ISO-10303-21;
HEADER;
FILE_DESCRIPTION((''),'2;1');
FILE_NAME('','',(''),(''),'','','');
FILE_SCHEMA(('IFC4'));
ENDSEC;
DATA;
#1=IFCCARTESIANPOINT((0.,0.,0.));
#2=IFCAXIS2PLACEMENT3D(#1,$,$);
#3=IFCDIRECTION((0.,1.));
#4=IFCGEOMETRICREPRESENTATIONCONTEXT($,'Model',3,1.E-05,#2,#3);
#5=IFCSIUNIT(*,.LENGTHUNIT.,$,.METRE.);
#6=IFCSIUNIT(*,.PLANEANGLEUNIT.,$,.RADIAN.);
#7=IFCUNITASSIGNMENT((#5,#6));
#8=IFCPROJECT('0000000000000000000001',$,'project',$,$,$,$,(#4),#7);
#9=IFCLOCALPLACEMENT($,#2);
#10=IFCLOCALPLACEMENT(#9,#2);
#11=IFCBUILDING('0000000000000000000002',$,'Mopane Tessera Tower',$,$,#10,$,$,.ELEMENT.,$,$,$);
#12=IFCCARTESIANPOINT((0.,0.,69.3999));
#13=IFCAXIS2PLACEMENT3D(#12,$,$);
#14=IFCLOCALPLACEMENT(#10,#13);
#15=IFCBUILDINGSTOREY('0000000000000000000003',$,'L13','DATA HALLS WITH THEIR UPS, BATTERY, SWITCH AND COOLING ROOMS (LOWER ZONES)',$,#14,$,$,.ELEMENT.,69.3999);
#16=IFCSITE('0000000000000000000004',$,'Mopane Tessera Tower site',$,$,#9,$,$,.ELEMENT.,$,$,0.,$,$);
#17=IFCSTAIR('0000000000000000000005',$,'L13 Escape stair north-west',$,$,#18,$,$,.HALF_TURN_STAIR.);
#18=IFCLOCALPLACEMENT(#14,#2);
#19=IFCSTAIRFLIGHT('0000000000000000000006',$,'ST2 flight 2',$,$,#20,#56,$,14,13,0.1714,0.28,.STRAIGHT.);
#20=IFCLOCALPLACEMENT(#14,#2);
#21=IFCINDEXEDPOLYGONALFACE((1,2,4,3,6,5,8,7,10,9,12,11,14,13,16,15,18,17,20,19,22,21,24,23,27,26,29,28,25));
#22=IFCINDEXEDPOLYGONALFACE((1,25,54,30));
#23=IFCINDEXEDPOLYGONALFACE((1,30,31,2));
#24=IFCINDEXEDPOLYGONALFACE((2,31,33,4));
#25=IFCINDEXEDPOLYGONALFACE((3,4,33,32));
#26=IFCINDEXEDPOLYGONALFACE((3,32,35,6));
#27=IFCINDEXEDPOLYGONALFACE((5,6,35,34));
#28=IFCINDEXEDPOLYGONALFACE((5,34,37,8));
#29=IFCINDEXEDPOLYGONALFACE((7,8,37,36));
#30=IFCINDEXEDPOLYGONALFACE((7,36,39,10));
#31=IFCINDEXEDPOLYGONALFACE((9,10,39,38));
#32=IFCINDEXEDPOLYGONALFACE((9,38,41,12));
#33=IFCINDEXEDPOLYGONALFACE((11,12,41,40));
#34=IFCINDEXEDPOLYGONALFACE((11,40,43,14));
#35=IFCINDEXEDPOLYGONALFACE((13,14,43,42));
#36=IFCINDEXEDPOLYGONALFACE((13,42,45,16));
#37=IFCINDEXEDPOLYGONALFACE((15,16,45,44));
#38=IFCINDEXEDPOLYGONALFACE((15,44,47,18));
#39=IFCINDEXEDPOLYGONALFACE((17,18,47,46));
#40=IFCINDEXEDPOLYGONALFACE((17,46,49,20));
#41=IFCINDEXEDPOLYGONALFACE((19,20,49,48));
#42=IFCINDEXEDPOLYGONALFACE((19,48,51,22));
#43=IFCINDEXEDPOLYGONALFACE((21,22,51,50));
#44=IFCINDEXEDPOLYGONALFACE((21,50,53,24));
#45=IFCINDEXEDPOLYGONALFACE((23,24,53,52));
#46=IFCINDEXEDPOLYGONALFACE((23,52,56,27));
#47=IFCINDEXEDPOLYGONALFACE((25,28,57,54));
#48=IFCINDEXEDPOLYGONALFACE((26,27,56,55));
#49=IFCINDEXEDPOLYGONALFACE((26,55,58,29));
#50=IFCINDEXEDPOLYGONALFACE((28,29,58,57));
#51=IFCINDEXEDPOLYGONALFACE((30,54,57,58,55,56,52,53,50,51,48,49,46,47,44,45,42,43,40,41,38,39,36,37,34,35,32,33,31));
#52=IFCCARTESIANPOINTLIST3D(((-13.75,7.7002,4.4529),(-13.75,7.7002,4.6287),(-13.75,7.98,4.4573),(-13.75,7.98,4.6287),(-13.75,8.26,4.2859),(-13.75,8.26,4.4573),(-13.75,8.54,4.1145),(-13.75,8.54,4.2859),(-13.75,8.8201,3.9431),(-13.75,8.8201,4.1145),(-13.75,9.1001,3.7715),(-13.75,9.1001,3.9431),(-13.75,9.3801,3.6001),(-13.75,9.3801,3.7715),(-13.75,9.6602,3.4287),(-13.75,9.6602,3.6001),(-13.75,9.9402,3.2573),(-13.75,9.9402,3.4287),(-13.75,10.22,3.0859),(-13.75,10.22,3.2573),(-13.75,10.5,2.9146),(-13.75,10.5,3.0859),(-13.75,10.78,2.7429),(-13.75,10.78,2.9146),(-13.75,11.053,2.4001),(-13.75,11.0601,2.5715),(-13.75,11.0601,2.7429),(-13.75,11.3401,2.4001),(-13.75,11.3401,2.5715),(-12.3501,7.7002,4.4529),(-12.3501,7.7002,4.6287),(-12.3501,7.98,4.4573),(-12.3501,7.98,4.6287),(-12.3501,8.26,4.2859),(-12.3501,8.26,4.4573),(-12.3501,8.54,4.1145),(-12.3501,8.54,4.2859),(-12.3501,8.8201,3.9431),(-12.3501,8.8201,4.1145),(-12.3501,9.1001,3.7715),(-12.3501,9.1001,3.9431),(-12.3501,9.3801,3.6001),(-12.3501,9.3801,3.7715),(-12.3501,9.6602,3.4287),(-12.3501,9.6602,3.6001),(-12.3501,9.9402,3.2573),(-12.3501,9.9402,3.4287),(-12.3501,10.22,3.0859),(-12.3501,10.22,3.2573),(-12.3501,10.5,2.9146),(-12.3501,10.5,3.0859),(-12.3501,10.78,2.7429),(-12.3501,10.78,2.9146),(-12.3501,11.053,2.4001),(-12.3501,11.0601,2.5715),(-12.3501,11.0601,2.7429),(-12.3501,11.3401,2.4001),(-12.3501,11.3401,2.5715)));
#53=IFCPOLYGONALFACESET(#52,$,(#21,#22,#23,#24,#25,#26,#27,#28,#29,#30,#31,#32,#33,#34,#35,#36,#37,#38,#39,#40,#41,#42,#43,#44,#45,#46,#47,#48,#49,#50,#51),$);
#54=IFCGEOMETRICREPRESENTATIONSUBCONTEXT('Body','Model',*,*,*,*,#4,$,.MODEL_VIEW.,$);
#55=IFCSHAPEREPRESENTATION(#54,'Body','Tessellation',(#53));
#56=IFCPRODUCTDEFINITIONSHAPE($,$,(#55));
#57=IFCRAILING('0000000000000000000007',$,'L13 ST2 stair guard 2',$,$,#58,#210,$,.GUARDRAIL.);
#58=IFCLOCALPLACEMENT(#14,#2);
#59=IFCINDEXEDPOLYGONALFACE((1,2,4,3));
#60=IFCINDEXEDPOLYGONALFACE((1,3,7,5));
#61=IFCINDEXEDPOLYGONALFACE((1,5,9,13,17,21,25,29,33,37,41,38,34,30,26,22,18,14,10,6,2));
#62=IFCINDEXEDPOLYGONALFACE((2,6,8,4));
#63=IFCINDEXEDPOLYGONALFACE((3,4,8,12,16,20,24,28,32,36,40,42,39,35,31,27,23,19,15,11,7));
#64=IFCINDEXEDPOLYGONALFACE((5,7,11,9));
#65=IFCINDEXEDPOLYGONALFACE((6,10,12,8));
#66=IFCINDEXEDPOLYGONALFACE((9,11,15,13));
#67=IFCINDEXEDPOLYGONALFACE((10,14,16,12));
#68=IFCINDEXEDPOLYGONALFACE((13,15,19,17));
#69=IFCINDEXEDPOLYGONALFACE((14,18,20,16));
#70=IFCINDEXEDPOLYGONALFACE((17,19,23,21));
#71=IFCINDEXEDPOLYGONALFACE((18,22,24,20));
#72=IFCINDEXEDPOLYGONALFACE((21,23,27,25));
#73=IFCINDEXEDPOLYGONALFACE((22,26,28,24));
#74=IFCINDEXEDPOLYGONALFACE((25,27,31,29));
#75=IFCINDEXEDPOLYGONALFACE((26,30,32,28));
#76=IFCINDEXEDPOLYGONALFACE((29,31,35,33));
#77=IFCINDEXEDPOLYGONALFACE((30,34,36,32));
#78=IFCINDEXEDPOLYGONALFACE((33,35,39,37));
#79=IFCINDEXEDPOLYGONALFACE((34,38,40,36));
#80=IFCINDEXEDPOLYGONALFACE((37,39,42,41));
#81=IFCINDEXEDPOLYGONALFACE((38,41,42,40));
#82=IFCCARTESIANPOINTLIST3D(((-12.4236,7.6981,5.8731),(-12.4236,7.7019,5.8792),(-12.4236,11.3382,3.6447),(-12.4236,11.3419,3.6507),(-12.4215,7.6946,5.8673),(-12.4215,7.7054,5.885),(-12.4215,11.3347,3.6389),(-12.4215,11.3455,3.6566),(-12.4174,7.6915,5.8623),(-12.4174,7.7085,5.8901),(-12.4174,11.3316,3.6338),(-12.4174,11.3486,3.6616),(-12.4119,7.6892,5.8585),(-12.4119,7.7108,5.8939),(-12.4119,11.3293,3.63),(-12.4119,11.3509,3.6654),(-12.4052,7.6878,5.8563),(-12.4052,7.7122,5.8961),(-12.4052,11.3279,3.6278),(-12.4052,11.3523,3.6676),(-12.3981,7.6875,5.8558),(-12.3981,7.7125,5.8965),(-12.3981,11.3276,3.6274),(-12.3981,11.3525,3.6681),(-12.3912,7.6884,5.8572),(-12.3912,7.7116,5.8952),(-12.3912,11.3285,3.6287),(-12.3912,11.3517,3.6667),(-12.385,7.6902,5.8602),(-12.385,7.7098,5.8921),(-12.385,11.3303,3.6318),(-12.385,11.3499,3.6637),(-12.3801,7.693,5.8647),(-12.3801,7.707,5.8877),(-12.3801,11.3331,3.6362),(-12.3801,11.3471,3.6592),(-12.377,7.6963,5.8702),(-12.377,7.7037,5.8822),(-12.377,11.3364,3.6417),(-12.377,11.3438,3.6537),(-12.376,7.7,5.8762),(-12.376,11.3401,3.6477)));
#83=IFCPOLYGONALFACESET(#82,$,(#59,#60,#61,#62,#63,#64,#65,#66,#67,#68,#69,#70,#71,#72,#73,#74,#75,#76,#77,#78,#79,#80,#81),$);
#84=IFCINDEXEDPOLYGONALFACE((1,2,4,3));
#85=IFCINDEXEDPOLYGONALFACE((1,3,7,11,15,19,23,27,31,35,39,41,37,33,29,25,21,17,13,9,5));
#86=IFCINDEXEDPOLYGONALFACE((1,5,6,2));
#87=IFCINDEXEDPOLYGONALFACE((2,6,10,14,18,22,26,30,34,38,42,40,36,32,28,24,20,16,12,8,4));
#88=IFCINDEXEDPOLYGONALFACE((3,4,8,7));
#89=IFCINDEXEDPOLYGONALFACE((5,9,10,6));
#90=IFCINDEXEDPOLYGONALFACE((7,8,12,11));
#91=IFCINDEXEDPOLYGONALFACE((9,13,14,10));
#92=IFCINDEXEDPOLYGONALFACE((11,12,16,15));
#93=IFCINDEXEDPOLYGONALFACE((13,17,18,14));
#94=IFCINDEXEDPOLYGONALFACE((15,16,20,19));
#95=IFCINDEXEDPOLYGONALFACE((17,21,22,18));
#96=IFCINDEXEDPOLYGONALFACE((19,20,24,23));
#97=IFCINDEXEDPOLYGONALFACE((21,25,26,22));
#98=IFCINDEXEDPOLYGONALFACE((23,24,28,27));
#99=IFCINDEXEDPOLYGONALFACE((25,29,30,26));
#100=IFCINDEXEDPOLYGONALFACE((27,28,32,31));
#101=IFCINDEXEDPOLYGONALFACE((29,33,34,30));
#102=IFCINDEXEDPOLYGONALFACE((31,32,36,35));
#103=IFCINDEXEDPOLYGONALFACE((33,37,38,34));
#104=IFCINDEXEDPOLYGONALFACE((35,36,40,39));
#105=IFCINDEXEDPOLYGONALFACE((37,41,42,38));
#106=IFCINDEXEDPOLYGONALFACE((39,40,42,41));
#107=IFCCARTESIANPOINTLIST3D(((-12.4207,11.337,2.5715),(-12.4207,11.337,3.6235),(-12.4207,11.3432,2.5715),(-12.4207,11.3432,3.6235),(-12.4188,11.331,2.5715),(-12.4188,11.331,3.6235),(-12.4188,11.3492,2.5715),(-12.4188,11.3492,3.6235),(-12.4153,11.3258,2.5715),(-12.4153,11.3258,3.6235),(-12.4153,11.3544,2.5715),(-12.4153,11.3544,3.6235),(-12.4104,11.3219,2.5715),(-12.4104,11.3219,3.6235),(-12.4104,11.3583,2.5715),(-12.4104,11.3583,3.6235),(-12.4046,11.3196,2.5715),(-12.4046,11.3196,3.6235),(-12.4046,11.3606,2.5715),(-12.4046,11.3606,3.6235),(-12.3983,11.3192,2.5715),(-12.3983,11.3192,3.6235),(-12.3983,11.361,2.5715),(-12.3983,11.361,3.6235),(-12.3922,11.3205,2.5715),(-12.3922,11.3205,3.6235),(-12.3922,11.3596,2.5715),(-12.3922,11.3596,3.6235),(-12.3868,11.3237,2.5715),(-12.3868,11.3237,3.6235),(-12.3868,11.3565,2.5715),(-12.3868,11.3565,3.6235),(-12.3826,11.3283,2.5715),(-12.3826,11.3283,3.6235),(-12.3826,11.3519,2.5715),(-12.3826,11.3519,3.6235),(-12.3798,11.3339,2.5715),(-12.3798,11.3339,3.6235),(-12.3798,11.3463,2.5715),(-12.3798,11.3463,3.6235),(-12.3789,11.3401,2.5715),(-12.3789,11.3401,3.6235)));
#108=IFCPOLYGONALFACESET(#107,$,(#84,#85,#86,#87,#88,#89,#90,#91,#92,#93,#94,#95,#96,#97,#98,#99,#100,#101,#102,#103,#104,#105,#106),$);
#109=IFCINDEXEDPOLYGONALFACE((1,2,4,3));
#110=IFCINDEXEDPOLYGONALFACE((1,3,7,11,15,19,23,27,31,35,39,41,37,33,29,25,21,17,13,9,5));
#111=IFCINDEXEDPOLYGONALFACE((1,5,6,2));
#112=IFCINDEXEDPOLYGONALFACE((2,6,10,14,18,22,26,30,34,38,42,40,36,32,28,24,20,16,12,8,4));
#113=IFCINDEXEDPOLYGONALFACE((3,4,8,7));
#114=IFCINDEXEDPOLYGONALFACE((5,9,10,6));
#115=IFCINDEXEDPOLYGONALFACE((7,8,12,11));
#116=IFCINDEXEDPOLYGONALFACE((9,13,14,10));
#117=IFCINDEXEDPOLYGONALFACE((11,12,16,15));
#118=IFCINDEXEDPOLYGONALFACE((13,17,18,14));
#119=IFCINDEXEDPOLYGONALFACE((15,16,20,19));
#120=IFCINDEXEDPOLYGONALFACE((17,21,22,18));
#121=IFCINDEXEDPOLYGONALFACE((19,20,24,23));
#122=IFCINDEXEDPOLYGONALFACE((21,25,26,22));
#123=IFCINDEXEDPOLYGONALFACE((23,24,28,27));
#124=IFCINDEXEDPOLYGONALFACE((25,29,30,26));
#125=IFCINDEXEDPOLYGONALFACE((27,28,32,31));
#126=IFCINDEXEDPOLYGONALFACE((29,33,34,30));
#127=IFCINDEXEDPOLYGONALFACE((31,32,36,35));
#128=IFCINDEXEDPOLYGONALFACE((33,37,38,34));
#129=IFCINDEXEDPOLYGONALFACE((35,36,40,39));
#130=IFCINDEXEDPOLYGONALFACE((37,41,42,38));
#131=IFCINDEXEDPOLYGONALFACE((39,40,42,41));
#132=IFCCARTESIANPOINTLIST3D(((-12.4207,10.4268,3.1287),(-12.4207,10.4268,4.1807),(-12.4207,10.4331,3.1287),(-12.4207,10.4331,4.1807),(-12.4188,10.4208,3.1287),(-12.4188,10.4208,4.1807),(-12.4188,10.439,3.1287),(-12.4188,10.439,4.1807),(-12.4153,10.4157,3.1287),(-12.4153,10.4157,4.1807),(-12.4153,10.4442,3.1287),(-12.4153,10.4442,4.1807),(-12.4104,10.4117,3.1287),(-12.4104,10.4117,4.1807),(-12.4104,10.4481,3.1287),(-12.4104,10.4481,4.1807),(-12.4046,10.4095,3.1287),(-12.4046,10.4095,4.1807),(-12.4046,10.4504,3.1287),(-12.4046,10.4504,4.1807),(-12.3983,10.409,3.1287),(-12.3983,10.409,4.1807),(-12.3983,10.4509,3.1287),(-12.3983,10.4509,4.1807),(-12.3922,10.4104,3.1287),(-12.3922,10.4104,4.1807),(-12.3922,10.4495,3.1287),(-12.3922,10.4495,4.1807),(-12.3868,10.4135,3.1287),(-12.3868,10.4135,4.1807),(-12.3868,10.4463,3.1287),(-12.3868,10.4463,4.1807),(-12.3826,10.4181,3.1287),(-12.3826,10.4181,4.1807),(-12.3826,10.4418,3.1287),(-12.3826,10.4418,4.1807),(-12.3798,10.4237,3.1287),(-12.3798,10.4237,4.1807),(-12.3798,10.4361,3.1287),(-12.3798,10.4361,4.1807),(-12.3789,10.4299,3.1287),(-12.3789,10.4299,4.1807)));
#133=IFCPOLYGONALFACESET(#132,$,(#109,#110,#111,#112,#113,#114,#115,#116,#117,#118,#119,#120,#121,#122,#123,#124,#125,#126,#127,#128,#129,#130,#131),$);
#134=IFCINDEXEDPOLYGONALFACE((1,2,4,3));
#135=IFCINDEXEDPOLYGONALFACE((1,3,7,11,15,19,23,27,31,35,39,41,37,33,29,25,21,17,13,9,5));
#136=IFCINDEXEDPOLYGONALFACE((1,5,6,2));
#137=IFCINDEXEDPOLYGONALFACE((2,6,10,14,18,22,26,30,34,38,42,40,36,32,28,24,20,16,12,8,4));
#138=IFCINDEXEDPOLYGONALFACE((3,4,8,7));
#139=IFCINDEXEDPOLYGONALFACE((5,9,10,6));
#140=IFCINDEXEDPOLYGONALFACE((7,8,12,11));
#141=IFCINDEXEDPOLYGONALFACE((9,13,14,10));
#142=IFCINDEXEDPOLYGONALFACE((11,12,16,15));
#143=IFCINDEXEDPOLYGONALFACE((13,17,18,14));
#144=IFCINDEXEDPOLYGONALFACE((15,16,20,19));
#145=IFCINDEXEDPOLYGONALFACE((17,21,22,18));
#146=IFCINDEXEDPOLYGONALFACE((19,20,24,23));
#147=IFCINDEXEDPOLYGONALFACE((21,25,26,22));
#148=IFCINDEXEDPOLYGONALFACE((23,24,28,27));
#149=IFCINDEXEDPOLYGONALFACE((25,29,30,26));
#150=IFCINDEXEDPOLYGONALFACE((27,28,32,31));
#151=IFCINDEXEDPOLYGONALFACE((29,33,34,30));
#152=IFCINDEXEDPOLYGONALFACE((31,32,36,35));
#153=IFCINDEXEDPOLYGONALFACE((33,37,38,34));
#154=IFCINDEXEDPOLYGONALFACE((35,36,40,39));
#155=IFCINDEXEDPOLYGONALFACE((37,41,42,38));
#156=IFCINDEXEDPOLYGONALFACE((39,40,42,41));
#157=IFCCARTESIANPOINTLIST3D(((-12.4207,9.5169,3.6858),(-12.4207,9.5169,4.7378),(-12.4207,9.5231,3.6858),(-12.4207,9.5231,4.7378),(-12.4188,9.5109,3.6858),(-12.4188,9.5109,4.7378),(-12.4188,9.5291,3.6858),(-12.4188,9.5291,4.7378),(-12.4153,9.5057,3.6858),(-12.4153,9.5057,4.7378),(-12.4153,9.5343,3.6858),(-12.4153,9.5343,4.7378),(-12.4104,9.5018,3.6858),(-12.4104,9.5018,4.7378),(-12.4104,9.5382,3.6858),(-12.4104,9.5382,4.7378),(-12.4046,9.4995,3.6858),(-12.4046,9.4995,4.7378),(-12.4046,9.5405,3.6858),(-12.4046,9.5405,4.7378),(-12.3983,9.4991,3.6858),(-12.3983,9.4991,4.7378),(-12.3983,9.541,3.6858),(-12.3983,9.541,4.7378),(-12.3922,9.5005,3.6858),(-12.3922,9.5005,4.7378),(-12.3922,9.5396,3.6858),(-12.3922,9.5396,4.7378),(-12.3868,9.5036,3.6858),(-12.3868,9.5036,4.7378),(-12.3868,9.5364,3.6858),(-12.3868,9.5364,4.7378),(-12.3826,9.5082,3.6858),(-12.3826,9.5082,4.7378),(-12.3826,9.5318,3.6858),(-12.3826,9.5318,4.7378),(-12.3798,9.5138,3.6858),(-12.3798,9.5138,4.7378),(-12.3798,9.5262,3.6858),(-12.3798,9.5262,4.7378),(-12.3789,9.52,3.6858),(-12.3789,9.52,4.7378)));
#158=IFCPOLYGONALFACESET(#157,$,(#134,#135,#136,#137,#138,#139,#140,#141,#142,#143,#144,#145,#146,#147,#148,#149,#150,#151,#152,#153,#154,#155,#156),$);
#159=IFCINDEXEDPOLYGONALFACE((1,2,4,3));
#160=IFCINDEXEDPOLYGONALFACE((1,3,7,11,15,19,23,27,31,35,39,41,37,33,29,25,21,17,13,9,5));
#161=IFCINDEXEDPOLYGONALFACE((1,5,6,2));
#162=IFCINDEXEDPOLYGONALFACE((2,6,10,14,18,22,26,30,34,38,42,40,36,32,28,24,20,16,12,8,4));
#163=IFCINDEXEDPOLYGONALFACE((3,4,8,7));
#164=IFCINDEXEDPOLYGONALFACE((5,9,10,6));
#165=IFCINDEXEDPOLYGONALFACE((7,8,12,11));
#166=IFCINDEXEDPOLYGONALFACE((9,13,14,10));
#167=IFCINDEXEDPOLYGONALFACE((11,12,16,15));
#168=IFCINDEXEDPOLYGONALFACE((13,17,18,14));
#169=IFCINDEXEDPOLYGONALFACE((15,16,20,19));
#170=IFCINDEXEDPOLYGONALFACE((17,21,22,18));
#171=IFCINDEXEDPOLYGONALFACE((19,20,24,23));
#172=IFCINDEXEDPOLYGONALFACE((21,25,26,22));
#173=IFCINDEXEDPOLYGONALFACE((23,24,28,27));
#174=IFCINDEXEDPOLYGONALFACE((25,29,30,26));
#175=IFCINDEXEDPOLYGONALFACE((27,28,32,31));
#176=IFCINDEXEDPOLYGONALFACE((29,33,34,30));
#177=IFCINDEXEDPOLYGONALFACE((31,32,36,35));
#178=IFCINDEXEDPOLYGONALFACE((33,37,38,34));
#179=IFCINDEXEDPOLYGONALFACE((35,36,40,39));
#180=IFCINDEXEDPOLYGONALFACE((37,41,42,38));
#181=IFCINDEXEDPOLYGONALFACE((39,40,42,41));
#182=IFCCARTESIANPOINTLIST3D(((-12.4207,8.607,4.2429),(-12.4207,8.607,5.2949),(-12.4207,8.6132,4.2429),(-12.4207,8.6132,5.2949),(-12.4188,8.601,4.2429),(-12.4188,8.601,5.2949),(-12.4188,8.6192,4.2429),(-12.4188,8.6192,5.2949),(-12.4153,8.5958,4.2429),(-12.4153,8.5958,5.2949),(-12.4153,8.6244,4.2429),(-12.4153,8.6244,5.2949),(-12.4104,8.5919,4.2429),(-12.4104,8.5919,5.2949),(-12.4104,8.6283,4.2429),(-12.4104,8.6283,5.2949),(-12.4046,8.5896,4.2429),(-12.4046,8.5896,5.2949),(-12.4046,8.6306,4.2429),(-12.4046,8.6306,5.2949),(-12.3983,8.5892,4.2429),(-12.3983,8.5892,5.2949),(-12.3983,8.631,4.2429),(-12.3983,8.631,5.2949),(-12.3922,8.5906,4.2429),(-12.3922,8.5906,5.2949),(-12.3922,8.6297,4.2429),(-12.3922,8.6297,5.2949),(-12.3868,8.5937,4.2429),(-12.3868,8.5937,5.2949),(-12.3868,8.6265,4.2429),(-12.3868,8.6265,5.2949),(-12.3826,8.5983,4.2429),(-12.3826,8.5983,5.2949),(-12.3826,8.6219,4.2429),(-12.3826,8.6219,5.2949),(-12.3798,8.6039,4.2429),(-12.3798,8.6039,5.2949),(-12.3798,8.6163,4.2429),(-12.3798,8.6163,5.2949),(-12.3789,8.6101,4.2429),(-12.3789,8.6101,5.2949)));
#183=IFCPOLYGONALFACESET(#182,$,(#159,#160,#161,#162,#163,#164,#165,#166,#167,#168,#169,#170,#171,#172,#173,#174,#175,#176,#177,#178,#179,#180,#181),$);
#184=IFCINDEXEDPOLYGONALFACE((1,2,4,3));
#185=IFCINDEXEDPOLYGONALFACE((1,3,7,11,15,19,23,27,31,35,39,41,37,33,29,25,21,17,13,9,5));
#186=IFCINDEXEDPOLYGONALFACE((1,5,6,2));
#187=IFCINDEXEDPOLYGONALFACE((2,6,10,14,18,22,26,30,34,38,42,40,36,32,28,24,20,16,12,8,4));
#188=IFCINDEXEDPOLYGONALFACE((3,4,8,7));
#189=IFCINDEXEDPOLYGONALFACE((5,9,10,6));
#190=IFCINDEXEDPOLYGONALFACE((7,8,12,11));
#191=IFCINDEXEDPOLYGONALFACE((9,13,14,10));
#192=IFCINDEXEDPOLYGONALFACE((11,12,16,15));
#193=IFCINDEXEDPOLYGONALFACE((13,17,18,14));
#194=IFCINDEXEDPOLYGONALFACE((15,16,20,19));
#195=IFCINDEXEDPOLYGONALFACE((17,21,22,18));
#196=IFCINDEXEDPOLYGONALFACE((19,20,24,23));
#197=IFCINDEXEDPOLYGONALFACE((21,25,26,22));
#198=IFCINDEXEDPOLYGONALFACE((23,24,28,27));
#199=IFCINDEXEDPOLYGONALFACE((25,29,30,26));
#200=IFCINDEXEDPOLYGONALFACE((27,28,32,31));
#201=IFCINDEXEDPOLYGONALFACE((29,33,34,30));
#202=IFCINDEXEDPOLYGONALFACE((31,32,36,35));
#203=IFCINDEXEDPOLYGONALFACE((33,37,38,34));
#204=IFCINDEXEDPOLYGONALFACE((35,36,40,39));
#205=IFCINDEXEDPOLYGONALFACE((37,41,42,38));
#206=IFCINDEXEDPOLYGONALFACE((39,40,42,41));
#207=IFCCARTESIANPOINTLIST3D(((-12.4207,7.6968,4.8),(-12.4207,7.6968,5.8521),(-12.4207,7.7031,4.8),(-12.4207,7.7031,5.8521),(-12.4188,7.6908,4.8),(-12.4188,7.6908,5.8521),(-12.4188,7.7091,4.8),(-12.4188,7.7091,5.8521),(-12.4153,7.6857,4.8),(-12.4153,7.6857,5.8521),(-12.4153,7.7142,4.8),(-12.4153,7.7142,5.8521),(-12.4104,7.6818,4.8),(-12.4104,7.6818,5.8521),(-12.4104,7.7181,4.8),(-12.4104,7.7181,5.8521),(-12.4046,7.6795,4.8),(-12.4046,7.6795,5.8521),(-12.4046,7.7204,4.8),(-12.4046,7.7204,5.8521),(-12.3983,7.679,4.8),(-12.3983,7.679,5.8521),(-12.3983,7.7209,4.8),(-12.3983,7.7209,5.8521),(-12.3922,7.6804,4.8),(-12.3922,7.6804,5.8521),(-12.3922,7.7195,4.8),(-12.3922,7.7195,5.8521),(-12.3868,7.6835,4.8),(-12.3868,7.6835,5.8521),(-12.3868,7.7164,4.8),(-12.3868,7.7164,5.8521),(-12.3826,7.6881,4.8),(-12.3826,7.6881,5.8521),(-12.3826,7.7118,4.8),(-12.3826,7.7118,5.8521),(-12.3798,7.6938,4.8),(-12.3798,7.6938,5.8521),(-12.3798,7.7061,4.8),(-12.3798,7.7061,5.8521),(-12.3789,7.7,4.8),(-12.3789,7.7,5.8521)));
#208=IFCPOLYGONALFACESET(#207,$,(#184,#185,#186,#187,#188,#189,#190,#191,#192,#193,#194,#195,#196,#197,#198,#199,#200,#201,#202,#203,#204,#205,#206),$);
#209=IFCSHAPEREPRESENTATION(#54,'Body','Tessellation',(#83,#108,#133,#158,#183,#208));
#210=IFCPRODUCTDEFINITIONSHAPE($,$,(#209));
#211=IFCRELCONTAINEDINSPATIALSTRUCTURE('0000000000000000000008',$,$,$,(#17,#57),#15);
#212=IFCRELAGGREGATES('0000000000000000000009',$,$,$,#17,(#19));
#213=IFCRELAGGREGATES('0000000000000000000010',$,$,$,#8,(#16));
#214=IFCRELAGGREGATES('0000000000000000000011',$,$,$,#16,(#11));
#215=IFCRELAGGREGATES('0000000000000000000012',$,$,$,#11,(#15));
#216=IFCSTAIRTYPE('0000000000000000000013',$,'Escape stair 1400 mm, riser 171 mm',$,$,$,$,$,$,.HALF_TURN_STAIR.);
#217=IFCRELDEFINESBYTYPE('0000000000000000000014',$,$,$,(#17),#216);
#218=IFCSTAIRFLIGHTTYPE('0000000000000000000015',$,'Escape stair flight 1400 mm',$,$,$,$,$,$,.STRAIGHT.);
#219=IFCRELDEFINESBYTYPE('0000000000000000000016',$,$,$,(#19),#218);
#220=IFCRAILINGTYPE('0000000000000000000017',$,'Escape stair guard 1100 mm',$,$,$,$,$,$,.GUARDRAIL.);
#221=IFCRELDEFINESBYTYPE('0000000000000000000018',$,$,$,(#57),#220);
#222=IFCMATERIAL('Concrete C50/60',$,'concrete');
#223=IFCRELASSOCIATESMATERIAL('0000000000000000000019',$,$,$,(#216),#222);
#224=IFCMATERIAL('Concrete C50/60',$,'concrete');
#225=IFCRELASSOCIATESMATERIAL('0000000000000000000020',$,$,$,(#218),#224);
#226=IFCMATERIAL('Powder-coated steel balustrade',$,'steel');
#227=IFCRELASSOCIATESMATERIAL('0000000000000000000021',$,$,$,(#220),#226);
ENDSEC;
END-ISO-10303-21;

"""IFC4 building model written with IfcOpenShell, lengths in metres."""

from ifc_helpers import new_model, si_unit, direction, frame, origin, origin_2d, place, context, subcontext, project, spatial, polyline, circle, outline, extrude, material, type_object, element, aggregate, save


model = new_model("IFC4")

# Units and contexts
model_context = context("Model", 3, precision=1e-05, world=origin(), true_north=direction((0.0, 1.0)))
body_context = subcontext(model_context, "Body", "Model", "MODEL_VIEW")
ifc_project = project(units=[si_unit("LENGTHUNIT", "METRE"), si_unit("PLANEANGLEUNIT", "RADIAN")], contexts=[model_context])

# Site, building, storey
site_placement = place(None, origin())
site = spatial("IfcSite", under=ifc_project, at=site_placement, Name="Mopane Tessera Tower site", CompositionType="ELEMENT", RefElevation=0.0)
building_placement = place(site_placement, origin())
building = spatial("IfcBuilding", under=site, at=building_placement, Name="Mopane Tessera Tower", CompositionType="ELEMENT")
storey_placement = place(building_placement, frame((0.0, 0.0, 69.3999)))
storey = spatial("IfcBuildingStorey", under=building, at=storey_placement, Name="L13", Description="DATA HALLS WITH THEIR UPS, BATTERY, SWITCH AND COOLING ROOMS (LOWER ZONES)", CompositionType="ELEMENT", Elevation=69.3999)

# Stair, stair flight
ifc_material_1 = material(Name="Concrete C50/60", Category="concrete")
stair_type = type_object("IfcStairType", Name="Escape stair 1400 mm, riser 171 mm", PredefinedType="HALF_TURN_STAIR", material=ifc_material_1)
stair_placement = place(storey_placement, origin())
stair = element("IfcStair", 1, at=stair_placement, inside=storey, type_object=stair_type, Name="L13 Escape stair north-west", PredefinedType="HALF_TURN_STAIR")
ifc_material_2 = material(Name="Concrete C50/60", Category="concrete")
stair_flight_type = type_object("IfcStairFlightType", Name="Escape stair flight 1400 mm", PredefinedType="STRAIGHT", material=ifc_material_2)
stair_flight_1_placement = place(storey_placement, frame((-13.05, 11.3401, 2.4001), z_axis=(0.0, 0.0, 1.0), x_axis=(0.0, -1.0, 0.0)))
stair_flight_1 = element("IfcStairFlight", 2, at=stair_flight_1_placement, type_object=stair_flight_type, Name="ST2 flight 2", NumberOfRisers=14, NumberOfTreads=13, PredefinedType="STRAIGHT", RiserHeight=0.1714, TreadLength=0.28, context=body_context, shape_type="SweptSolid", body=[
    extrude(outline(polyline([(0.0, 0.0), (0.0, 0.1714), (0.28, 0.1714), (0.28, 0.3428), (0.5601, 0.3428), (0.5601, 0.5144), (0.8401, 0.5144), (0.8401, 0.6858), (1.1201, 0.6858), (1.1201, 0.8572), (1.3999, 0.8572), (1.3999, 1.0286), (1.6799, 1.0286), (1.6799, 1.2), (1.96, 1.2), (1.96, 1.3713), (2.24, 1.3713), (2.24, 1.543), (2.52, 1.543), (2.52, 1.7144), (2.8, 1.7144), (2.8, 1.8857), (3.0801, 1.8857), (3.0801, 2.0571), (3.3601, 2.0571), (3.3601, 2.2285), (3.6399, 2.2285), (3.6399, 2.3999), (3.6399, 2.0527), (0.2871, 0.0), (0.0, 0.0)])), frame((0.0, 0.7, 0.0), z_axis=(0.0, -1.0, 0.0), x_axis=(1.0, 0.0, 0.0)), (0.0, 0.0, 1.0), 1.3999),
])
aggregate(stair, [stair_flight_1])

# Railing
ifc_material_3 = material(Name="Powder-coated steel balustrade", Category="steel")
railing_type_1 = type_object("IfcRailingType", Name="Escape stair guard 1100 mm", PredefinedType="GUARDRAIL", material=ifc_material_3)
railing_1_placement = place(storey_placement, frame((-12.3999, 11.3401, 2.5715)))
element("IfcRailing", 3, at=railing_1_placement, inside=storey, type_object=railing_type_1, Name="L13 ST2 stair guard 2", PredefinedType="GUARDRAIL", context=body_context, shape_type="SweptSolid", body=[
    extrude(circle(Radius=0.0239, at=origin_2d()), frame((0.0, 0.0, 1.0762), z_axis=(0.0, -0.852866, 0.52213), x_axis=(1.0, 0.0, 0.0)), (0.0, 0.0, 1.0), 4.2681),
    extrude(circle(Radius=0.021, at=origin_2d()), origin(), (0.0, 0.0, 1.0), 1.052),
    extrude(circle(Radius=0.021, at=origin_2d()), frame((0.0, -0.9102, 0.5571)), (0.0, 0.0, 1.0), 1.052),
    extrude(circle(Radius=0.021, at=origin_2d()), frame((0.0, -1.8201, 1.1143)), (0.0, 0.0, 1.0), 1.052),
    extrude(circle(Radius=0.021, at=origin_2d()), frame((0.0, -2.73, 1.6714)), (0.0, 0.0, 1.0), 1.052),
    extrude(circle(Radius=0.021, at=origin_2d()), frame((0.0, -3.6401, 2.2285)), (0.0, 0.0, 1.0), 1.052),
])

save(model, "model.ifc")
